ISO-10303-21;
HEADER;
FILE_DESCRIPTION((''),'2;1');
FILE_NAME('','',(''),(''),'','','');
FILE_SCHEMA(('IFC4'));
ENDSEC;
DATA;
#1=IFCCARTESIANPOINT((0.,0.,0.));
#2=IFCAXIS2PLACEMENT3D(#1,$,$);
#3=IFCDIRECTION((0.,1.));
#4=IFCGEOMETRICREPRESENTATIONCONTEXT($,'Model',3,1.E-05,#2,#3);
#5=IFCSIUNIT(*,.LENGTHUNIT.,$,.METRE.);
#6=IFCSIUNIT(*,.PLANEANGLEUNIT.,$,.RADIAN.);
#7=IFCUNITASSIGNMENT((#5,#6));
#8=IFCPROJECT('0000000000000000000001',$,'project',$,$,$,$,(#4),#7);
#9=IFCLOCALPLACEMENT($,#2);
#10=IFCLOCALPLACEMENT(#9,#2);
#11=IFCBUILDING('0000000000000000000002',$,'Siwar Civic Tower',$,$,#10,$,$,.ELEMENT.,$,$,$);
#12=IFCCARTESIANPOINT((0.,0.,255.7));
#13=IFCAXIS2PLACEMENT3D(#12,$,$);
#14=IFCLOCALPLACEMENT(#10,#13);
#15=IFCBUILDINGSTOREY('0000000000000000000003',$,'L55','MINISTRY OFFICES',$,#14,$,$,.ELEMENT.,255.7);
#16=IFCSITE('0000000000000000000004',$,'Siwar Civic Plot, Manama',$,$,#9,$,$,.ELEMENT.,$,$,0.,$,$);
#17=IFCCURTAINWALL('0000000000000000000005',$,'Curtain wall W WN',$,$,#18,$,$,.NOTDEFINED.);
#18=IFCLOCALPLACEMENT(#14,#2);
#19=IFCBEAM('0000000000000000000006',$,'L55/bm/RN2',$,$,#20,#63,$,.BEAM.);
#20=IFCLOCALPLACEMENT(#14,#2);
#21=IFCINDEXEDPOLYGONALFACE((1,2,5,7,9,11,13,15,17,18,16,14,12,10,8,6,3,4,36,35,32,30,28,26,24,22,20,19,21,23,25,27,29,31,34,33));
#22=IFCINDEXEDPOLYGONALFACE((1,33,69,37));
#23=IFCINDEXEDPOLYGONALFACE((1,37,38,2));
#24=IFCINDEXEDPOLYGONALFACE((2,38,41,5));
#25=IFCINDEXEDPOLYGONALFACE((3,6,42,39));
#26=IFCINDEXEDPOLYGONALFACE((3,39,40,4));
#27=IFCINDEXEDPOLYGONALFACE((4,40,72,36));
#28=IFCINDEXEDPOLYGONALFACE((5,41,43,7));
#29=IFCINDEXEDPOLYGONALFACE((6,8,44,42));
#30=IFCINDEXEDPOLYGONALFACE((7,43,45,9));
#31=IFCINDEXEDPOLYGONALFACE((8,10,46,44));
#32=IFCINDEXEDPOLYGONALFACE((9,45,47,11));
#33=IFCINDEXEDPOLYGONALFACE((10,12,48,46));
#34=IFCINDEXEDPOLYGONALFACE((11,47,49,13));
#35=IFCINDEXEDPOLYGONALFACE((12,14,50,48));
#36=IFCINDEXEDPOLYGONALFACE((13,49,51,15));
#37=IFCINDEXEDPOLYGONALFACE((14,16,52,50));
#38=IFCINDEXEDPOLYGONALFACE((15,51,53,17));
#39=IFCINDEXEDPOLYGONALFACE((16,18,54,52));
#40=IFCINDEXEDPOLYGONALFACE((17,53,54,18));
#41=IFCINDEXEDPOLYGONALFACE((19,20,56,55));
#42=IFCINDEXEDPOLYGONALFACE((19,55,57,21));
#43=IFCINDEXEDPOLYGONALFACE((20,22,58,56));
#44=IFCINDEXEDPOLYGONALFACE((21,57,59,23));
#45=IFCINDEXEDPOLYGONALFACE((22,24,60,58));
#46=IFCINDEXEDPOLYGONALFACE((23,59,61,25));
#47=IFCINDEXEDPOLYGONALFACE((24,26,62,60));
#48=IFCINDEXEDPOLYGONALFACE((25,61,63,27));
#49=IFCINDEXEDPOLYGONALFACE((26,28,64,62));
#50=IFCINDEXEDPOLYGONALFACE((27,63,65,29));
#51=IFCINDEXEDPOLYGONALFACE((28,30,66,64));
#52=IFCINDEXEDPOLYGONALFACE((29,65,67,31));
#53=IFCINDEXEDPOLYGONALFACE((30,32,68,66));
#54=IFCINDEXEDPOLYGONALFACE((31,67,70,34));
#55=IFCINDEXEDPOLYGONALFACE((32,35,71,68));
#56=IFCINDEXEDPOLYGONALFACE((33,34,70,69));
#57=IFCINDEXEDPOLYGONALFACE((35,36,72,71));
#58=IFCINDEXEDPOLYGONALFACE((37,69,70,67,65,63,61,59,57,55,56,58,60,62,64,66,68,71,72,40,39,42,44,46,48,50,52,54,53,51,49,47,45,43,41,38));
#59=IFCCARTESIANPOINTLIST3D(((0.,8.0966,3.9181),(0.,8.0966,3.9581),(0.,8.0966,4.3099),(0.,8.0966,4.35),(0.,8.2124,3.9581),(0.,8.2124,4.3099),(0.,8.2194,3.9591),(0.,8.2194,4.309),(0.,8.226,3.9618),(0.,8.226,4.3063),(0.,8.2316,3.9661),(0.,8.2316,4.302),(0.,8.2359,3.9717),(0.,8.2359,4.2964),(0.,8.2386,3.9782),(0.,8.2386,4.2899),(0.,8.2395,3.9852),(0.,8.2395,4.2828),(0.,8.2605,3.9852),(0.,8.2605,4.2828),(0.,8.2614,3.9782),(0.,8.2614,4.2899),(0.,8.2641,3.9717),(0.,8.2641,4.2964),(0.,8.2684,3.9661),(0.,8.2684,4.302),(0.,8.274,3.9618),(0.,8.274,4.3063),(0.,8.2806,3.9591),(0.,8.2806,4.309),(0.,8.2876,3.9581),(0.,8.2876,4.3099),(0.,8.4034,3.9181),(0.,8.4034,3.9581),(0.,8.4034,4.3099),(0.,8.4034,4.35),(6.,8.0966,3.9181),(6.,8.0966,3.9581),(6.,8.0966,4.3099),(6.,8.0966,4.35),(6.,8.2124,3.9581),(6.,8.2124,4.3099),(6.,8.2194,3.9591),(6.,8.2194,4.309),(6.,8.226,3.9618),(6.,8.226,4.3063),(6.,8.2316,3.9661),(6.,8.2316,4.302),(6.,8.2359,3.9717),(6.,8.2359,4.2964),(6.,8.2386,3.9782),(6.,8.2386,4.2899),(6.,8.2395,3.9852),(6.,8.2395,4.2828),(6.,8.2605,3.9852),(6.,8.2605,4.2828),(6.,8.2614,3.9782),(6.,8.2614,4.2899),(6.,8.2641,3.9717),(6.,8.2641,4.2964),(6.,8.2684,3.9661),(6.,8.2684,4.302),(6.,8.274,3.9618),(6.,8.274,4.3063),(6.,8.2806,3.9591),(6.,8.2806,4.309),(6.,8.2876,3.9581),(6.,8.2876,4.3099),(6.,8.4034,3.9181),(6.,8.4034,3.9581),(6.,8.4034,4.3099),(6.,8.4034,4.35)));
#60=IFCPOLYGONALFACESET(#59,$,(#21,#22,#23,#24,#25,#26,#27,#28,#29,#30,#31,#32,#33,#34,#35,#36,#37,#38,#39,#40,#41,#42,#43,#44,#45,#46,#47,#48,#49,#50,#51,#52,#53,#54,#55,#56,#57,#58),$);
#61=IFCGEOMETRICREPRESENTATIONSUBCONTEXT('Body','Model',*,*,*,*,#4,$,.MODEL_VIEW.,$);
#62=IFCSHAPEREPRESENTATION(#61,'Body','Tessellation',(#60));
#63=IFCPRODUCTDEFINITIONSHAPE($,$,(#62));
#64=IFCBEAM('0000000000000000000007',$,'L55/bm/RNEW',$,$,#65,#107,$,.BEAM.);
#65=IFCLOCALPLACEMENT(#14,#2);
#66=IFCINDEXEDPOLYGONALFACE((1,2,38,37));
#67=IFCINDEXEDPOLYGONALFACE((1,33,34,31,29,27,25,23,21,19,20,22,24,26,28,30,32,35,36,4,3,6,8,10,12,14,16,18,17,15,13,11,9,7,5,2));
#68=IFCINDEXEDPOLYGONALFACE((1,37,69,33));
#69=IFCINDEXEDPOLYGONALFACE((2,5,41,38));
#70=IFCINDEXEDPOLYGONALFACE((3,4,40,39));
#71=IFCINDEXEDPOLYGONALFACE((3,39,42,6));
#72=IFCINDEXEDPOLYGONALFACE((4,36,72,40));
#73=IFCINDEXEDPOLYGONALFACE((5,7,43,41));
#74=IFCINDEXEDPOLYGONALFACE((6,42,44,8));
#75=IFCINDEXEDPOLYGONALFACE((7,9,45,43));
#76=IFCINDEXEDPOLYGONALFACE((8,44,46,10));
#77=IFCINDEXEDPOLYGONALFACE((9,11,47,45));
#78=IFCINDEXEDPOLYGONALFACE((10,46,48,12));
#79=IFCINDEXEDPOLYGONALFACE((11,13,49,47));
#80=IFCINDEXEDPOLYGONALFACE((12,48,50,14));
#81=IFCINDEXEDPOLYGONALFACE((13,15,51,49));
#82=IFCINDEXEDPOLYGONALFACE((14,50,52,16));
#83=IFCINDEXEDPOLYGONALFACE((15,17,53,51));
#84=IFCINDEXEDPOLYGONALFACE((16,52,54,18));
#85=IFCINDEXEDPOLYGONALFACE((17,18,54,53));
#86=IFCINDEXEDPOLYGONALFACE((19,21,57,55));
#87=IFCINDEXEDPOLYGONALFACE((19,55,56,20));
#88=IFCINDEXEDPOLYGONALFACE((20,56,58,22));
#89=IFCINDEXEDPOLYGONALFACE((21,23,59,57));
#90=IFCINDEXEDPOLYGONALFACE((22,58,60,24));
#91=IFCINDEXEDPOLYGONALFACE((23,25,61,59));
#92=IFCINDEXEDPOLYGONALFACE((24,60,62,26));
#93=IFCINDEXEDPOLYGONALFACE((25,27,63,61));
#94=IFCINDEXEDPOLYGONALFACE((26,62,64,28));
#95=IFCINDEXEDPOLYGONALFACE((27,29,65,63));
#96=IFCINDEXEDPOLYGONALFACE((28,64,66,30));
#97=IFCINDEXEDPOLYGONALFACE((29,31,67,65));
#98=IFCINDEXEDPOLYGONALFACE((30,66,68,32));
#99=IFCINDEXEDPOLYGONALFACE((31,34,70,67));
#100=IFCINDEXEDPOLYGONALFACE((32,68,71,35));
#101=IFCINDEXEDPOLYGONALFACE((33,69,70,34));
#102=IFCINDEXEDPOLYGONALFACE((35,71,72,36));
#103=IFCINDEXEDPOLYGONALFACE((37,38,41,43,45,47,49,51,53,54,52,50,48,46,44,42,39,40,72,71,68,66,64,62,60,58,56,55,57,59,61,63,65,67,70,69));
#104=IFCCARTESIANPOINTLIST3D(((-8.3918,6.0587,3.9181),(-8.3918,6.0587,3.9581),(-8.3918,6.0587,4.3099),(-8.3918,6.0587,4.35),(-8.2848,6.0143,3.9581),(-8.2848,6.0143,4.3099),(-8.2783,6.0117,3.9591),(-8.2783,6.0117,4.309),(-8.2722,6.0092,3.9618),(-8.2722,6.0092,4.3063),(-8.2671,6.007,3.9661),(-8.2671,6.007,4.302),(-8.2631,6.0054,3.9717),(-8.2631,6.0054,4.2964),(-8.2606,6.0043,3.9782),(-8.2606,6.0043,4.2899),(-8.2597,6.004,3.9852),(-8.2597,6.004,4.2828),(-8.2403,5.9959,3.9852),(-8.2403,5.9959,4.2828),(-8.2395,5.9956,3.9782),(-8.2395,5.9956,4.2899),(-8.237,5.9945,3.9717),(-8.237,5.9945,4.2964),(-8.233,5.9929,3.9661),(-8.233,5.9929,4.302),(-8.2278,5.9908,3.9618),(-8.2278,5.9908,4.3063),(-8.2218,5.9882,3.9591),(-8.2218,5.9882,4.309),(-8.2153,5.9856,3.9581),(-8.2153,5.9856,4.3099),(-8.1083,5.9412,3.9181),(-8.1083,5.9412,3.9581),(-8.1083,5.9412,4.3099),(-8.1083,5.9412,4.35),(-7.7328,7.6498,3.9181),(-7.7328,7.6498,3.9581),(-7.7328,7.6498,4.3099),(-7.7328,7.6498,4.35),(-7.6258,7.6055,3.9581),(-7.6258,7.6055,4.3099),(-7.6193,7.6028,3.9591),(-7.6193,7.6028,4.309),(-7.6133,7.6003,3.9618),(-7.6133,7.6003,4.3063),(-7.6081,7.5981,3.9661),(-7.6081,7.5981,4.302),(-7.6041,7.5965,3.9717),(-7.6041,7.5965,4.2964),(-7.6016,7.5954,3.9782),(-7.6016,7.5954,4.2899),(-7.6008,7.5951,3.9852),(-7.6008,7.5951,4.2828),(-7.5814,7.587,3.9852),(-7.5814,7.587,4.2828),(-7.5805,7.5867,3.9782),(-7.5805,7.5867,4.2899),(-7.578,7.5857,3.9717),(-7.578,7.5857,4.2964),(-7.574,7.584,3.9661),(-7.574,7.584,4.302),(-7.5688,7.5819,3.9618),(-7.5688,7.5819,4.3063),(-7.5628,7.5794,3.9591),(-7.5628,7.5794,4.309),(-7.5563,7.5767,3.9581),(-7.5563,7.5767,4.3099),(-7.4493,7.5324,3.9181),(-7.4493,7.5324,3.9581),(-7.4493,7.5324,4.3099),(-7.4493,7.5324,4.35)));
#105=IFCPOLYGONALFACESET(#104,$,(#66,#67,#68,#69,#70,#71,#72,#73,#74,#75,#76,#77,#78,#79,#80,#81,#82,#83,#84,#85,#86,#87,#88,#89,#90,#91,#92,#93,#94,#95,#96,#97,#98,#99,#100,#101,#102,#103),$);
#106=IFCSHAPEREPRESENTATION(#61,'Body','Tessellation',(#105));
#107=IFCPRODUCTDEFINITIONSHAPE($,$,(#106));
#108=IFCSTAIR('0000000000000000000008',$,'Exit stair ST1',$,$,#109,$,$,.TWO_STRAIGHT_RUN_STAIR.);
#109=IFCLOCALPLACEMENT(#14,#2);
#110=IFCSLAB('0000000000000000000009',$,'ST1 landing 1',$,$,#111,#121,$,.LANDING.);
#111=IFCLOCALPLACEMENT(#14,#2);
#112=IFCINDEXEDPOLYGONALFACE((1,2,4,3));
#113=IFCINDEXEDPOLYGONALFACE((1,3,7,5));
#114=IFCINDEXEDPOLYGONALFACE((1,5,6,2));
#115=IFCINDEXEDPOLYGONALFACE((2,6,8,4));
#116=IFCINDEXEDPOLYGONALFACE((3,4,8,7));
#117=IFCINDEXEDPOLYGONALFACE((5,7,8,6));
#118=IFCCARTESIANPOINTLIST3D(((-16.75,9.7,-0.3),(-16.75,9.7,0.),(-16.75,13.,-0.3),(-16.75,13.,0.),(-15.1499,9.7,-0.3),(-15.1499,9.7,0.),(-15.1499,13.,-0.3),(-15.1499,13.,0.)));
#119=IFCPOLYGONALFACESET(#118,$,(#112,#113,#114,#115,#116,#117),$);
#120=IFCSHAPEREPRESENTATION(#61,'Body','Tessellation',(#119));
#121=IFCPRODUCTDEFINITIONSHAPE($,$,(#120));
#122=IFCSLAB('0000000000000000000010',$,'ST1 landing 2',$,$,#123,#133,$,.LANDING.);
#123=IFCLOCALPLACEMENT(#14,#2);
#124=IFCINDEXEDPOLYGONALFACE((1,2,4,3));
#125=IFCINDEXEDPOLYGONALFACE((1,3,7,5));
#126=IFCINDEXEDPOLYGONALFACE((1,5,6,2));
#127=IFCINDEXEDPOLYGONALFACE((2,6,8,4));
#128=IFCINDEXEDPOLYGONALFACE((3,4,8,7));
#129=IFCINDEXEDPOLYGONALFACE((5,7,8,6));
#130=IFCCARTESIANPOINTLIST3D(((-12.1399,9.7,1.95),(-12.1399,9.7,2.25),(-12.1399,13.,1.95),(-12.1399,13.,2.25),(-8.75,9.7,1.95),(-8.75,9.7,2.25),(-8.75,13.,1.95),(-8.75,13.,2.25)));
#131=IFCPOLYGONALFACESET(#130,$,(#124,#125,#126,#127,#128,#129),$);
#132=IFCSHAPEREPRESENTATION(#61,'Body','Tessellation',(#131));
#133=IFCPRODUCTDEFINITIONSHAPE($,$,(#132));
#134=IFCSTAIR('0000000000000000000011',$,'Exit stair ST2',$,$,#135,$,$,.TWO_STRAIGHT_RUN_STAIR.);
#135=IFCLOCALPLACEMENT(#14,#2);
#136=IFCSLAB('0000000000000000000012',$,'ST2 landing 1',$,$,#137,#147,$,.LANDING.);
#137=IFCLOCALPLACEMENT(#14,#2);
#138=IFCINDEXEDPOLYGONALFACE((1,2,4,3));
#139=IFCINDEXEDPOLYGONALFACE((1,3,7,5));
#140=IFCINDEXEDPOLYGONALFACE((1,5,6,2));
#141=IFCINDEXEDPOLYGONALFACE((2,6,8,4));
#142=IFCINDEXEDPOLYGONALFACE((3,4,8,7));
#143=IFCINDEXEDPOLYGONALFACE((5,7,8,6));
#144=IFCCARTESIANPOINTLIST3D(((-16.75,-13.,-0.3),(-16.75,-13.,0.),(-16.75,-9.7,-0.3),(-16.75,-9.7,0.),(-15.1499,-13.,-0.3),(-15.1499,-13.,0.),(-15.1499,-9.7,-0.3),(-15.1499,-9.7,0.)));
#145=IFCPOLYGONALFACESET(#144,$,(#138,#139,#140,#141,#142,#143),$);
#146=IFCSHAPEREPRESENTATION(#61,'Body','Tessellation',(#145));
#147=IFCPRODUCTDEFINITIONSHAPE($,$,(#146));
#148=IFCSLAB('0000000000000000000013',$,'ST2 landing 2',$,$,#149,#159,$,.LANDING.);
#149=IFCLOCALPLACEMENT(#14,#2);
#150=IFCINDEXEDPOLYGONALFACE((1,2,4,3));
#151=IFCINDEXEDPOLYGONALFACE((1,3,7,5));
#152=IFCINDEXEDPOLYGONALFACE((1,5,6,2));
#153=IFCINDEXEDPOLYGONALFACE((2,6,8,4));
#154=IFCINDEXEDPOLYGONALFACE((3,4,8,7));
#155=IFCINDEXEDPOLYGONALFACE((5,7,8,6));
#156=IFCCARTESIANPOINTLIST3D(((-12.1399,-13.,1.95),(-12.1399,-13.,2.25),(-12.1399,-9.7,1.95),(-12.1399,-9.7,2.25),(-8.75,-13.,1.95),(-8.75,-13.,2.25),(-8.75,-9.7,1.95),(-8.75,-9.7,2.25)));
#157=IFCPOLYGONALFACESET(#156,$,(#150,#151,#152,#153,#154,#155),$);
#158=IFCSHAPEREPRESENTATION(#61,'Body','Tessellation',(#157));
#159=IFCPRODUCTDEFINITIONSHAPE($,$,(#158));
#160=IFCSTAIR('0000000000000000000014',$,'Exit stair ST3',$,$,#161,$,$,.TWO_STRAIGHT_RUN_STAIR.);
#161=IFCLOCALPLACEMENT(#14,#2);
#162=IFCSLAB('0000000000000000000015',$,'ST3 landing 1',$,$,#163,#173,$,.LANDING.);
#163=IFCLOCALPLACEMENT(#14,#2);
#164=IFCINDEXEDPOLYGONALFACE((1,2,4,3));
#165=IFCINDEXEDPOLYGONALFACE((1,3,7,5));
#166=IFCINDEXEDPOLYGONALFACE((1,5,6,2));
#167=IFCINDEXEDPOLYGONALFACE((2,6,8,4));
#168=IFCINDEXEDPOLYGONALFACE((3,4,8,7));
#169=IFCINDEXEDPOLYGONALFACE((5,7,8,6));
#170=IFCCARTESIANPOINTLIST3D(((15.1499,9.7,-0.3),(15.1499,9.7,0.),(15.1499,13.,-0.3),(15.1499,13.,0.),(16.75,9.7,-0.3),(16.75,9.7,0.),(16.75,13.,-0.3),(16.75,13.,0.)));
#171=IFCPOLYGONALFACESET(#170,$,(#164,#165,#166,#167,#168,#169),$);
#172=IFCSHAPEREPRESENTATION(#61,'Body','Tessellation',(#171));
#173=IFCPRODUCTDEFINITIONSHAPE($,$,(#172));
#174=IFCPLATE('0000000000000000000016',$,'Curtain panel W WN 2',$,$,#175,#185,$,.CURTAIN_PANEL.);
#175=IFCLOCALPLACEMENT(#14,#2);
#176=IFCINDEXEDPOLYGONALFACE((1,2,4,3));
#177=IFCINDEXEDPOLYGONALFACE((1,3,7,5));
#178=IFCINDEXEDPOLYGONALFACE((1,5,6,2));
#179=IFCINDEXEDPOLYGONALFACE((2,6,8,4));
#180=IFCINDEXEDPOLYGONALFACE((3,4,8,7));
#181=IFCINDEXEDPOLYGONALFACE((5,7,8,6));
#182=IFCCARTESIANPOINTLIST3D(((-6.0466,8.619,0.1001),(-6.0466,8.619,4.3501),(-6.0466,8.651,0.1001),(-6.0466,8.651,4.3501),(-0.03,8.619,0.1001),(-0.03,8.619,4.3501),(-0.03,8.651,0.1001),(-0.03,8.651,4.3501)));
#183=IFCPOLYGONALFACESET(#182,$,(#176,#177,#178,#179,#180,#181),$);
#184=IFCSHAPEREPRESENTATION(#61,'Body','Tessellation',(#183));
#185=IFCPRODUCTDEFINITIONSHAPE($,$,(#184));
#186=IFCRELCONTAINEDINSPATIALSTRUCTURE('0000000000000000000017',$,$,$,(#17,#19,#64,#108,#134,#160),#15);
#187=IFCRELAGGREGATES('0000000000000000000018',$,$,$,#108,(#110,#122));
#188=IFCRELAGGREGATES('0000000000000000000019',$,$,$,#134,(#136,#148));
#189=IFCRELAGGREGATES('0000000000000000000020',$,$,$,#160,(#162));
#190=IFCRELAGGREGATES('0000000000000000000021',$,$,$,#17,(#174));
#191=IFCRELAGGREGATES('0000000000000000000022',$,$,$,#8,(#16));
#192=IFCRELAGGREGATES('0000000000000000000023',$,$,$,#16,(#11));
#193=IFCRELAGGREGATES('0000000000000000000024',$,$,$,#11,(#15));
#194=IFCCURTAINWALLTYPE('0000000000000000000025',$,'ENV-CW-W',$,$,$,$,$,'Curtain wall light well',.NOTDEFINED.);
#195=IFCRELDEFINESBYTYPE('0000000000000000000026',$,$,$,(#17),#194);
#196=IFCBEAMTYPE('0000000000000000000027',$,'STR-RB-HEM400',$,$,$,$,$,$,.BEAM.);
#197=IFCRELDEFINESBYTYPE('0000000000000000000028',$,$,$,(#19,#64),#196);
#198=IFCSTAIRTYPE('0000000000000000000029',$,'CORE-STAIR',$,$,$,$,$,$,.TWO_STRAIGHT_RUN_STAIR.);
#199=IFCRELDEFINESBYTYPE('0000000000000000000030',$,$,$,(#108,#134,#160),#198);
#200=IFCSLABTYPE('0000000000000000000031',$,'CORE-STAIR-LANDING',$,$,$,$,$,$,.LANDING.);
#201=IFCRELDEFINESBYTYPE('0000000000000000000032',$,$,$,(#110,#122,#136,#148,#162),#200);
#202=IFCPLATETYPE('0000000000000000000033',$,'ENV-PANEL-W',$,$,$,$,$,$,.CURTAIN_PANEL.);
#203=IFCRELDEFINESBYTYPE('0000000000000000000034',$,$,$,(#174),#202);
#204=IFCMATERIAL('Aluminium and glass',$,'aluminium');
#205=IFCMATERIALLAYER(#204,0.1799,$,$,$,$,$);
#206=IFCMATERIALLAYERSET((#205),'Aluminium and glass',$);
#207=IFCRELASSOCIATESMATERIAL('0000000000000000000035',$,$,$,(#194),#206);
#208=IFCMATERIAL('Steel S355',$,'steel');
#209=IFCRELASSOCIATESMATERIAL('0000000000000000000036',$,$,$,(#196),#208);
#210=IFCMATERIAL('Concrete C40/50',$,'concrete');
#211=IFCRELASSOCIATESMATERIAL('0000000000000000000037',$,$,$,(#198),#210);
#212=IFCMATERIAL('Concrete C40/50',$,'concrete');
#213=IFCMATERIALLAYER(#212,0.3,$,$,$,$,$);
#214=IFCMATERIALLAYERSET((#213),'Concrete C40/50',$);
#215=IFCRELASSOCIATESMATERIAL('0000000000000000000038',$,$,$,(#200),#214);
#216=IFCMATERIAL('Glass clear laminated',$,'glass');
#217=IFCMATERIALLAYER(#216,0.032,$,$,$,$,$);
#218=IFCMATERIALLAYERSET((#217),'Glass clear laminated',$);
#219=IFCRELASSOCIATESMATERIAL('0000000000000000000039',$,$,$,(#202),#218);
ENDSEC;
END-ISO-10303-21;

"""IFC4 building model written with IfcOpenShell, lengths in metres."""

from ifc_helpers import new_model, si_unit, direction, frame, origin, origin_2d, place, context, subcontext, project, spatial, polyline, rectangle, i_section, outline, extrude, material, layer, layer_set, material_profile, profile_set, type_object, element, aggregate, save


model = new_model("IFC4")

# Units and contexts
model_context = context("Model", 3, precision=1e-05, world=origin(), true_north=direction((0.0, 1.0)))
body_context = subcontext(model_context, "Body", "Model", "MODEL_VIEW")
ifc_project = project(units=[si_unit("LENGTHUNIT", "METRE"), si_unit("PLANEANGLEUNIT", "RADIAN")], contexts=[model_context])

# Site, building, storey
site_placement = place(None, origin())
site = spatial("IfcSite", under=ifc_project, at=site_placement, Name="Siwar Civic Plot, Manama", CompositionType="ELEMENT", RefElevation=0.0)
building_placement = place(site_placement, origin())
building = spatial("IfcBuilding", under=site, at=building_placement, Name="Siwar Civic Tower", CompositionType="ELEMENT")
storey_placement = place(building_placement, frame((0.0, 0.0, 255.7)))
storey = spatial("IfcBuildingStorey", under=building, at=storey_placement, Name="L55", Description="MINISTRY OFFICES", CompositionType="ELEMENT", Elevation=255.7)

# Curtain wall
ifc_material_1 = material(Name="Aluminium and glass", Category="aluminium")
ifc_layer_1 = layer(ifc_material_1, 0.1799)
ifc_layer_set_1 = layer_set([ifc_layer_1], Name="Aluminium and glass")
curtain_wall_type = type_object("IfcCurtainWallType", Name="ENV-CW-W", ElementType="Curtain wall light well", PredefinedType="NOTDEFINED", material=ifc_layer_set_1)
curtain_wall_placement = place(storey_placement, origin())
curtain_wall = element("IfcCurtainWall", 1, at=curtain_wall_placement, inside=storey, type_object=curtain_wall_type, Name="Curtain wall W WN", PredefinedType="NOTDEFINED")

# Beams
ifc_material_2 = material(Name="Steel S355", Category="steel")
ifc_material_profile_1 = material_profile(ifc_material_2, i_section(OverallWidth=0.3069, OverallDepth=0.4319, WebThickness=0.021, FlangeThickness=0.04, FilletRadius=0.0271, at=origin_2d()), Name="HEM400")
ifc_profile_set_1 = profile_set([ifc_material_profile_1], Name="Steel S355")
beam_type_1 = type_object("IfcBeamType", Name="STR-RB-HEM400", PredefinedType="BEAM", material=ifc_profile_set_1)
for number, where, z_axis, x_axis, name in (
    (2, (0.0, 8.25, 4.134), (1.0, 0.0, 0.0), (0.0, 1.0, 0.0), "L55/bm/RN2"),
):
    element("IfcBeam", number, at=place(storey_placement, frame(where, z_axis=z_axis, x_axis=x_axis)), inside=storey, type_object=beam_type_1, Name=name, PredefinedType="BEAM", context=body_context, shape_type="SweptSolid", body=[
        extrude(i_section(OverallWidth=0.3069, OverallDepth=0.4319, WebThickness=0.021, FlangeThickness=0.04, FilletRadius=0.0271, at=origin_2d()), origin(), (0.0, 0.0, 1.0), 6.0),
    ])
beam_1_placement = place(storey_placement, frame((-7.5911, 7.5911, 4.134), z_axis=(-0.382631, -0.923901, 0.0), x_axis=(0.923901, -0.382631, 0.0)))
element("IfcBeam", 3, at=beam_1_placement, inside=storey, type_object=beam_type_1, Name="L55/bm/RNEW", PredefinedType="BEAM", context=body_context, shape_type="SweptSolid", body=[
    extrude(i_section(OverallWidth=0.3069, OverallDepth=0.4319, WebThickness=0.021, FlangeThickness=0.04, FilletRadius=0.0271, at=origin_2d()), origin(), (0.0, 0.0, 1.0), 1.7222),
])

# Stairs, slabs
ifc_material_3 = material(Name="Concrete C40/50", Category="concrete")
stair_type = type_object("IfcStairType", Name="CORE-STAIR", PredefinedType="TWO_STRAIGHT_RUN_STAIR", material=ifc_material_3)
stair_1_placement = place(storey_placement, origin())
stair_1 = element("IfcStair", 4, at=stair_1_placement, inside=storey, type_object=stair_type, Name="Exit stair ST1", PredefinedType="TWO_STRAIGHT_RUN_STAIR")
ifc_material_4 = material(Name="Concrete C40/50", Category="concrete")
ifc_layer_2 = layer(ifc_material_4, 0.3)
ifc_layer_set_2 = layer_set([ifc_layer_2], Name="Concrete C40/50")
slab_type_1 = type_object("IfcSlabType", Name="CORE-STAIR-LANDING", PredefinedType="LANDING", material=ifc_layer_set_2)
slab_1_placement = place(storey_placement, frame((0.0, 0.0, -0.3)))
slab_1 = element("IfcSlab", 5, at=slab_1_placement, type_object=slab_type_1, Name="ST1 landing 1", PredefinedType="LANDING", context=body_context, shape_type="SweptSolid", body=[
    extrude(outline(polyline([(-15.1499, 13.0), (-16.75, 13.0), (-16.75, 9.7), (-15.1499, 9.7), (-15.1499, 13.0)])), origin(), (0.0, 0.0, 1.0), 0.3),
])
slab_2_placement = place(storey_placement, frame((0.0, 0.0, 1.95)))
slab_2 = element("IfcSlab", 6, at=slab_2_placement, type_object=slab_type_1, Name="ST1 landing 2", PredefinedType="LANDING", context=body_context, shape_type="SweptSolid", body=[
    extrude(outline(polyline([(-8.75, 13.0), (-12.1399, 13.0), (-12.1399, 9.7), (-8.75, 9.7), (-8.75, 13.0)])), origin(), (0.0, 0.0, 1.0), 0.3),
])
aggregate(stair_1, [slab_1, slab_2])
stair_2_placement = place(storey_placement, origin())
stair_2 = element("IfcStair", 7, at=stair_2_placement, inside=storey, type_object=stair_type, Name="Exit stair ST2", PredefinedType="TWO_STRAIGHT_RUN_STAIR")
slab_3_placement = place(storey_placement, frame((0.0, 0.0, -0.3)))
slab_3 = element("IfcSlab", 8, at=slab_3_placement, type_object=slab_type_1, Name="ST2 landing 1", PredefinedType="LANDING", context=body_context, shape_type="SweptSolid", body=[
    extrude(outline(polyline([(-15.1499, -9.7), (-16.75, -9.7), (-16.75, -13.0), (-15.1499, -13.0), (-15.1499, -9.7)])), origin(), (0.0, 0.0, 1.0), 0.3),
])
slab_4_placement = place(storey_placement, frame((0.0, 0.0, 1.95)))
slab_4 = element("IfcSlab", 9, at=slab_4_placement, type_object=slab_type_1, Name="ST2 landing 2", PredefinedType="LANDING", context=body_context, shape_type="SweptSolid", body=[
    extrude(outline(polyline([(-8.75, -9.7), (-12.1399, -9.7), (-12.1399, -13.0), (-8.75, -13.0), (-8.75, -9.7)])), origin(), (0.0, 0.0, 1.0), 0.3),
])
aggregate(stair_2, [slab_3, slab_4])

# Stair, slab
stair_3_placement = place(storey_placement, origin())
stair_3 = element("IfcStair", 10, at=stair_3_placement, inside=storey, type_object=stair_type, Name="Exit stair ST3", PredefinedType="TWO_STRAIGHT_RUN_STAIR")
slab_5_placement = place(storey_placement, frame((0.0, 0.0, -0.3)))
slab_5 = element("IfcSlab", 11, at=slab_5_placement, type_object=slab_type_1, Name="ST3 landing 1", PredefinedType="LANDING", context=body_context, shape_type="SweptSolid", body=[
    extrude(outline(polyline([(15.1499, 9.7), (16.75, 9.7), (16.75, 13.0), (15.1499, 13.0), (15.1499, 9.7)])), origin(), (0.0, 0.0, 1.0), 0.3),
])
aggregate(stair_3, [slab_5])

# Plate
ifc_material_5 = material(Name="Glass clear laminated", Category="glass")
ifc_layer_3 = layer(ifc_material_5, 0.032)
ifc_layer_set_3 = layer_set([ifc_layer_3], Name="Glass clear laminated")
plate_type = type_object("IfcPlateType", Name="ENV-PANEL-W", PredefinedType="CURTAIN_PANEL", material=ifc_layer_set_3)
plate_placement = place(storey_placement, frame((-3.0383, 8.635, 0.1001), z_axis=(0.0, 0.0, 1.0), x_axis=(-1.0, 0.0, 0.0)))
plate = element("IfcPlate", 12, at=plate_placement, type_object=plate_type, Name="Curtain panel W WN 2", PredefinedType="CURTAIN_PANEL", context=body_context, shape_type="SweptSolid", body=[
    extrude(rectangle(XDim=6.0166, YDim=0.032, at=origin_2d()), origin(), (0.0, 0.0, 1.0), 4.25),
])
aggregate(curtain_wall, [plate])

save(model, "model.ifc")
